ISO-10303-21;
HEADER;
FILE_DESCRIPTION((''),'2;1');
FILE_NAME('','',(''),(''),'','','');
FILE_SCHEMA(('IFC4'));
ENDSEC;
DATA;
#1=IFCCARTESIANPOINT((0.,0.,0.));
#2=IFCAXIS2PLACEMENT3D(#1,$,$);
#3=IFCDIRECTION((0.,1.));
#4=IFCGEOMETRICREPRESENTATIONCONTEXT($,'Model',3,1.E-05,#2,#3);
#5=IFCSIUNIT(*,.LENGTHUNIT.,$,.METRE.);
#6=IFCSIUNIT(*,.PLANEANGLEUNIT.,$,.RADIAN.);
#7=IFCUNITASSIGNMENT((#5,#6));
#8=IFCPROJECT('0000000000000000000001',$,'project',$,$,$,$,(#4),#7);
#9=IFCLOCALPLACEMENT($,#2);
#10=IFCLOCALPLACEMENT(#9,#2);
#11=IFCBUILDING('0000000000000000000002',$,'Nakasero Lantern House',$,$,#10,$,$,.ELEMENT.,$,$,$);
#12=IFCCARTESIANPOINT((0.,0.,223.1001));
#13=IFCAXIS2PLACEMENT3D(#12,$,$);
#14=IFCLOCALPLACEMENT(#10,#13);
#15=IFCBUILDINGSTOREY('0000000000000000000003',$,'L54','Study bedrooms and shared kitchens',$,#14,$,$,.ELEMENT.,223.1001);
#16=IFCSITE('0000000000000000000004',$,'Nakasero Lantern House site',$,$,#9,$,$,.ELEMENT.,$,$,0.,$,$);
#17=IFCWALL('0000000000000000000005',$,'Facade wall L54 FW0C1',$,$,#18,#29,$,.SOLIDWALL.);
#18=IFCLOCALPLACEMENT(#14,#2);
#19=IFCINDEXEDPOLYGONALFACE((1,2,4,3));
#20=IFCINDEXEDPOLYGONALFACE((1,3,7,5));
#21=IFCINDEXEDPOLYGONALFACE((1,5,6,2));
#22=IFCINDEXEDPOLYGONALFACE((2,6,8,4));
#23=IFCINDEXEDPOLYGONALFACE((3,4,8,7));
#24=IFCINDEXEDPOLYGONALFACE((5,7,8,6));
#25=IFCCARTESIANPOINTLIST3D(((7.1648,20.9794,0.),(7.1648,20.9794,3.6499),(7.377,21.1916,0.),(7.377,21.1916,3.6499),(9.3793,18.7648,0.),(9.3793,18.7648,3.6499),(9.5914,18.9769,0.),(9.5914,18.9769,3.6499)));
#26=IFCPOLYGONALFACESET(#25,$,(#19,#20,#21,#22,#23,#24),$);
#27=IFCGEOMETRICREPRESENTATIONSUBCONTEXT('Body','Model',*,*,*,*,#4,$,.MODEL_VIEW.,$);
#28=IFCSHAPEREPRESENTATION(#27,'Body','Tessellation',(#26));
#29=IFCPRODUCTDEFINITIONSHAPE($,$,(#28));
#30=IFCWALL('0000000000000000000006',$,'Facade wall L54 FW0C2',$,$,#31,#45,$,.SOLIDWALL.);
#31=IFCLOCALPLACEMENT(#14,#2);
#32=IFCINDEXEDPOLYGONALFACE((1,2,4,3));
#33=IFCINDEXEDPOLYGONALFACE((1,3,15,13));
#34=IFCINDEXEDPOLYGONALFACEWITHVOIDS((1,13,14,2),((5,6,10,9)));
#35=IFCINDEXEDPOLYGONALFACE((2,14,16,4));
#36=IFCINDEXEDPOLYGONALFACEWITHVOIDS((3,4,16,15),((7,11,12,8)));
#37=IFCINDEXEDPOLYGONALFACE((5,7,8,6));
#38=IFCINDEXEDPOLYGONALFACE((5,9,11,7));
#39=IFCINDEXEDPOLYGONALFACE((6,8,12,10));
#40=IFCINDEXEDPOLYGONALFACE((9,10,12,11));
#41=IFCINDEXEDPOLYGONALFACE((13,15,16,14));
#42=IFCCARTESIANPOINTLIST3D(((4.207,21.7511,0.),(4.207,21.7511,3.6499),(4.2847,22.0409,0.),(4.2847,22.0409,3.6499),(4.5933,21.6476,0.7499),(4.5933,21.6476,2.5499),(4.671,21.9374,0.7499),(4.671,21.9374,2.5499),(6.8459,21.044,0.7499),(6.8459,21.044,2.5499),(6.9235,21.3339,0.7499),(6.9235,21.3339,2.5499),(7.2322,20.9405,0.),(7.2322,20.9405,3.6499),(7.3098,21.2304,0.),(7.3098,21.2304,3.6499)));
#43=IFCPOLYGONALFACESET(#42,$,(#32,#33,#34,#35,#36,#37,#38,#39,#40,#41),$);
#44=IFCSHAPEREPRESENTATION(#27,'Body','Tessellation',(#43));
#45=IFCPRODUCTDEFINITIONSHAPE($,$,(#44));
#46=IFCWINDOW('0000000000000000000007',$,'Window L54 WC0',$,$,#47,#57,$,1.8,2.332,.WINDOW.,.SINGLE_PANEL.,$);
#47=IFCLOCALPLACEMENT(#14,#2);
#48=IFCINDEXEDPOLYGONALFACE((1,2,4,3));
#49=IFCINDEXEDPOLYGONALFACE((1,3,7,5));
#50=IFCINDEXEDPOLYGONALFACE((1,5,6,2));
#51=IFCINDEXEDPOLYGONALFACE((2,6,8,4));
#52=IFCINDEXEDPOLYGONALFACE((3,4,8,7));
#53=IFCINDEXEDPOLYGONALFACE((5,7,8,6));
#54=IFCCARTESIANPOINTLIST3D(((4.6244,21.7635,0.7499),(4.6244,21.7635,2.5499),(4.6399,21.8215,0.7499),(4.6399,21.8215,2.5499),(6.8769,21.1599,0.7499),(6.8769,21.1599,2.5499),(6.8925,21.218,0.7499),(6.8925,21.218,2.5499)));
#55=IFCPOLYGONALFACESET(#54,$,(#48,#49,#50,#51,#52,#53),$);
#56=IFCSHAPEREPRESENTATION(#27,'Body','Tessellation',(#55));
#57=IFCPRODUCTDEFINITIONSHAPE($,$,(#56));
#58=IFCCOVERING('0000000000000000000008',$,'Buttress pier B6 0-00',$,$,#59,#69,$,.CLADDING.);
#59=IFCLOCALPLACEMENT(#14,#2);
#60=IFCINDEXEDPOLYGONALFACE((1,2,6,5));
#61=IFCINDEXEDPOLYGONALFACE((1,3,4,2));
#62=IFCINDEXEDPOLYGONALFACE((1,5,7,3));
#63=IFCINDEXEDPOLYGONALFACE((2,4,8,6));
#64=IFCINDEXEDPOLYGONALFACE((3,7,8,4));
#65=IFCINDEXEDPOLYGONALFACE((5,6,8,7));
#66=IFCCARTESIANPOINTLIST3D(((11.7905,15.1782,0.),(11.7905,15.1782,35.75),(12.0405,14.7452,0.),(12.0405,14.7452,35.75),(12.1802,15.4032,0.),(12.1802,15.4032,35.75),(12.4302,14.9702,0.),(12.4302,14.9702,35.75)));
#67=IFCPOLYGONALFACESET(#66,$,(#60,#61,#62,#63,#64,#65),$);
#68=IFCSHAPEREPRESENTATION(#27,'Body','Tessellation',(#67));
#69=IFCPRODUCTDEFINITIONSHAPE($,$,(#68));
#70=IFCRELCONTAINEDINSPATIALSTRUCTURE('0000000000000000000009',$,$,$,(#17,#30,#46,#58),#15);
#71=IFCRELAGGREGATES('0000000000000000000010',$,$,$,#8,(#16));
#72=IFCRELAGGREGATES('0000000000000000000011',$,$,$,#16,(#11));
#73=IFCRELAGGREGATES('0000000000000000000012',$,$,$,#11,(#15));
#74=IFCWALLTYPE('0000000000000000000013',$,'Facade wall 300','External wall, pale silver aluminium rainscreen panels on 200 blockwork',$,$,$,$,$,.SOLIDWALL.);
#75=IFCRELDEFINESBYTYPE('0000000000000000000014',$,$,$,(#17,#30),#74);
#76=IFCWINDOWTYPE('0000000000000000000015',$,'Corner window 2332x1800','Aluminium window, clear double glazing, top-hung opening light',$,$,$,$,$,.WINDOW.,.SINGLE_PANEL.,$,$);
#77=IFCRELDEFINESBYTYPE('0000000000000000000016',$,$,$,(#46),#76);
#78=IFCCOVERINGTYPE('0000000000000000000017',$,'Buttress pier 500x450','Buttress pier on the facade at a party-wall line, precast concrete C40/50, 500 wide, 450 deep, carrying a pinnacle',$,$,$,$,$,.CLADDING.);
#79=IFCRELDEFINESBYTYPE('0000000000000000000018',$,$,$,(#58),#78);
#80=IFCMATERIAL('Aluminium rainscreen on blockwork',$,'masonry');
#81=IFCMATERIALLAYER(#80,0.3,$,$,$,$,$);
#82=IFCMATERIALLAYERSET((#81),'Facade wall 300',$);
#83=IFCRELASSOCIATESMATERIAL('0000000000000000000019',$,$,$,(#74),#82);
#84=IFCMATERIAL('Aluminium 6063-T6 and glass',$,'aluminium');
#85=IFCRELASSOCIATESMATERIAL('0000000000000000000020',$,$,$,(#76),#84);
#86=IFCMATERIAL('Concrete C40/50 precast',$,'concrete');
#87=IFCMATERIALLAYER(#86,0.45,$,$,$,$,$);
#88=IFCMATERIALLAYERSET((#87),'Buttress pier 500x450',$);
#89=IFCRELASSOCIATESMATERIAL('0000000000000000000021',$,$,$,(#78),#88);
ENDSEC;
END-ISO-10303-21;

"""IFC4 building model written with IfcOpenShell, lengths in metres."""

from ifc_helpers import new_model, si_unit, direction, frame, frame_2d, origin, origin_2d, place, context, subcontext, project, spatial, rectangle, extrude, material, layer, layer_set, type_object, element, fill, save


model = new_model("IFC4")

# Units and contexts
model_context = context("Model", 3, precision=1e-05, world=origin(), true_north=direction((0.0, 1.0)))
body_context = subcontext(model_context, "Body", "Model", "MODEL_VIEW")
ifc_project = project(units=[si_unit("LENGTHUNIT", "METRE"), si_unit("PLANEANGLEUNIT", "RADIAN")], contexts=[model_context])

# Site, building, storey
site_placement = place(None, origin())
site = spatial("IfcSite", under=ifc_project, at=site_placement, Name="Nakasero Lantern House site", CompositionType="ELEMENT", RefElevation=0.0)
building_placement = place(site_placement, origin())
building = spatial("IfcBuilding", under=site, at=building_placement, Name="Nakasero Lantern House", CompositionType="ELEMENT")
storey_placement = place(building_placement, frame((0.0, 0.0, 223.1001)))
storey = spatial("IfcBuildingStorey", under=building, at=storey_placement, Name="L54", Description="Study bedrooms and shared kitchens", CompositionType="ELEMENT", Elevation=223.1001)

# Wall
ifc_material_1 = material(Name="Aluminium rainscreen on blockwork", Category="masonry")
ifc_layer_1 = layer(ifc_material_1, 0.3)
ifc_layer_set_1 = layer_set([ifc_layer_1], Name="Facade wall 300")
wall_type_1 = type_object("IfcWallType", Name="Facade wall 300", Description="External wall, pale silver aluminium rainscreen panels on 200 blockwork", PredefinedType="SOLIDWALL", material=ifc_layer_set_1)
wall_1_placement = place(storey_placement, frame((9.4854, 18.8708, 0.0), z_axis=(0.0, 0.0, 1.0), x_axis=(-0.707068, 0.707146, 0.0)))
element("IfcWall", 1, at=wall_1_placement, inside=storey, type_object=wall_type_1, Name="Facade wall L54 FW0C1", PredefinedType="SOLIDWALL", context=body_context, shape_type="SweptSolid", body=[
    extrude(rectangle(XDim=3.1318, YDim=0.3, at=frame_2d((1.5659, 0.0))), origin(), (0.0, 0.0, 1.0), 3.6499),
])

# Wall, opening, window
wall_2_placement = place(storey_placement, frame((7.271, 21.0854, 0.0), z_axis=(0.0, 0.0, 1.0), x_axis=(-0.965929, 0.258808, 0.0)))
wall_2 = element("IfcWall", 2, at=wall_2_placement, inside=storey, type_object=wall_type_1, Name="Facade wall L54 FW0C2", PredefinedType="SOLIDWALL", context=body_context, shape_type="SweptSolid", body=[
    extrude(rectangle(XDim=3.1318, YDim=0.3, at=frame_2d((1.5659, 0.0))), origin(), (0.0, 0.0, 1.0), 3.6499),
])
opening_1_placement = place(wall_2_placement, frame((0.3999, 0.0, 0.75)))
opening_1 = element("IfcOpeningElement", 3, at=opening_1_placement, cuts=wall_2, PredefinedType="OPENING", context=body_context, shape_type="SweptSolid", body=[
    extrude(rectangle(XDim=2.332, YDim=1.8, at=frame_2d((1.166, 0.8999))), frame((0.0, 0.1699, 0.0), z_axis=(0.0, -1.0, 0.0), x_axis=(1.0, 0.0, 0.0)), (0.0, 0.0, 1.0), 0.3401),
])
ifc_material_2 = material(Name="Aluminium 6063-T6 and glass", Category="aluminium")
window_type = type_object("IfcWindowType", Name="Corner window 2332x1800", Description="Aluminium window, clear double glazing, top-hung opening light", PartitioningType="SINGLE_PANEL", PredefinedType="WINDOW", material=ifc_material_2)
window_placement = place(opening_1_placement, origin())
window = element("IfcWindow", 4, at=window_placement, inside=storey, type_object=window_type, Name="Window L54 WC0", OverallHeight=1.8, OverallWidth=2.332, PartitioningType="SINGLE_PANEL", PredefinedType="WINDOW", context=body_context, shape_type="SweptSolid", body=[
    extrude(rectangle(XDim=2.332, YDim=1.8, at=frame_2d((1.166, 0.8999))), frame((0.0, 0.03, 0.0), z_axis=(0.0, -1.0, 0.0), x_axis=(1.0, 0.0, 0.0)), (0.0, 0.0, 1.0), 0.0601),
])
fill(opening_1, window)

# Covering
ifc_material_3 = material(Name="Concrete C40/50 precast", Category="concrete")
ifc_layer_2 = layer(ifc_material_3, 0.45)
ifc_layer_set_2 = layer_set([ifc_layer_2], Name="Buttress pier 500x450")
covering_type = type_object("IfcCoveringType", Name="Buttress pier 500x450", Description="Buttress pier on the facade at a party-wall line, precast concrete C40/50, 500 wide, 450 deep, carrying a pinnacle", PredefinedType="CLADDING", material=ifc_layer_set_2)
covering_placement = place(storey_placement, frame((12.1104, 15.0742, 0.0), z_axis=(0.0, 0.0, 1.0), x_axis=(0.866025, 0.5, 0.0)))
element("IfcCovering", 5, at=covering_placement, inside=storey, type_object=covering_type, Name="Buttress pier B6 0-00", PredefinedType="CLADDING", context=body_context, shape_type="SweptSolid", body=[
    extrude(rectangle(XDim=0.45, YDim=0.5, at=origin_2d()), origin(), (0.0, 0.0, 1.0), 35.75),
])

save(model, "model.ifc")
